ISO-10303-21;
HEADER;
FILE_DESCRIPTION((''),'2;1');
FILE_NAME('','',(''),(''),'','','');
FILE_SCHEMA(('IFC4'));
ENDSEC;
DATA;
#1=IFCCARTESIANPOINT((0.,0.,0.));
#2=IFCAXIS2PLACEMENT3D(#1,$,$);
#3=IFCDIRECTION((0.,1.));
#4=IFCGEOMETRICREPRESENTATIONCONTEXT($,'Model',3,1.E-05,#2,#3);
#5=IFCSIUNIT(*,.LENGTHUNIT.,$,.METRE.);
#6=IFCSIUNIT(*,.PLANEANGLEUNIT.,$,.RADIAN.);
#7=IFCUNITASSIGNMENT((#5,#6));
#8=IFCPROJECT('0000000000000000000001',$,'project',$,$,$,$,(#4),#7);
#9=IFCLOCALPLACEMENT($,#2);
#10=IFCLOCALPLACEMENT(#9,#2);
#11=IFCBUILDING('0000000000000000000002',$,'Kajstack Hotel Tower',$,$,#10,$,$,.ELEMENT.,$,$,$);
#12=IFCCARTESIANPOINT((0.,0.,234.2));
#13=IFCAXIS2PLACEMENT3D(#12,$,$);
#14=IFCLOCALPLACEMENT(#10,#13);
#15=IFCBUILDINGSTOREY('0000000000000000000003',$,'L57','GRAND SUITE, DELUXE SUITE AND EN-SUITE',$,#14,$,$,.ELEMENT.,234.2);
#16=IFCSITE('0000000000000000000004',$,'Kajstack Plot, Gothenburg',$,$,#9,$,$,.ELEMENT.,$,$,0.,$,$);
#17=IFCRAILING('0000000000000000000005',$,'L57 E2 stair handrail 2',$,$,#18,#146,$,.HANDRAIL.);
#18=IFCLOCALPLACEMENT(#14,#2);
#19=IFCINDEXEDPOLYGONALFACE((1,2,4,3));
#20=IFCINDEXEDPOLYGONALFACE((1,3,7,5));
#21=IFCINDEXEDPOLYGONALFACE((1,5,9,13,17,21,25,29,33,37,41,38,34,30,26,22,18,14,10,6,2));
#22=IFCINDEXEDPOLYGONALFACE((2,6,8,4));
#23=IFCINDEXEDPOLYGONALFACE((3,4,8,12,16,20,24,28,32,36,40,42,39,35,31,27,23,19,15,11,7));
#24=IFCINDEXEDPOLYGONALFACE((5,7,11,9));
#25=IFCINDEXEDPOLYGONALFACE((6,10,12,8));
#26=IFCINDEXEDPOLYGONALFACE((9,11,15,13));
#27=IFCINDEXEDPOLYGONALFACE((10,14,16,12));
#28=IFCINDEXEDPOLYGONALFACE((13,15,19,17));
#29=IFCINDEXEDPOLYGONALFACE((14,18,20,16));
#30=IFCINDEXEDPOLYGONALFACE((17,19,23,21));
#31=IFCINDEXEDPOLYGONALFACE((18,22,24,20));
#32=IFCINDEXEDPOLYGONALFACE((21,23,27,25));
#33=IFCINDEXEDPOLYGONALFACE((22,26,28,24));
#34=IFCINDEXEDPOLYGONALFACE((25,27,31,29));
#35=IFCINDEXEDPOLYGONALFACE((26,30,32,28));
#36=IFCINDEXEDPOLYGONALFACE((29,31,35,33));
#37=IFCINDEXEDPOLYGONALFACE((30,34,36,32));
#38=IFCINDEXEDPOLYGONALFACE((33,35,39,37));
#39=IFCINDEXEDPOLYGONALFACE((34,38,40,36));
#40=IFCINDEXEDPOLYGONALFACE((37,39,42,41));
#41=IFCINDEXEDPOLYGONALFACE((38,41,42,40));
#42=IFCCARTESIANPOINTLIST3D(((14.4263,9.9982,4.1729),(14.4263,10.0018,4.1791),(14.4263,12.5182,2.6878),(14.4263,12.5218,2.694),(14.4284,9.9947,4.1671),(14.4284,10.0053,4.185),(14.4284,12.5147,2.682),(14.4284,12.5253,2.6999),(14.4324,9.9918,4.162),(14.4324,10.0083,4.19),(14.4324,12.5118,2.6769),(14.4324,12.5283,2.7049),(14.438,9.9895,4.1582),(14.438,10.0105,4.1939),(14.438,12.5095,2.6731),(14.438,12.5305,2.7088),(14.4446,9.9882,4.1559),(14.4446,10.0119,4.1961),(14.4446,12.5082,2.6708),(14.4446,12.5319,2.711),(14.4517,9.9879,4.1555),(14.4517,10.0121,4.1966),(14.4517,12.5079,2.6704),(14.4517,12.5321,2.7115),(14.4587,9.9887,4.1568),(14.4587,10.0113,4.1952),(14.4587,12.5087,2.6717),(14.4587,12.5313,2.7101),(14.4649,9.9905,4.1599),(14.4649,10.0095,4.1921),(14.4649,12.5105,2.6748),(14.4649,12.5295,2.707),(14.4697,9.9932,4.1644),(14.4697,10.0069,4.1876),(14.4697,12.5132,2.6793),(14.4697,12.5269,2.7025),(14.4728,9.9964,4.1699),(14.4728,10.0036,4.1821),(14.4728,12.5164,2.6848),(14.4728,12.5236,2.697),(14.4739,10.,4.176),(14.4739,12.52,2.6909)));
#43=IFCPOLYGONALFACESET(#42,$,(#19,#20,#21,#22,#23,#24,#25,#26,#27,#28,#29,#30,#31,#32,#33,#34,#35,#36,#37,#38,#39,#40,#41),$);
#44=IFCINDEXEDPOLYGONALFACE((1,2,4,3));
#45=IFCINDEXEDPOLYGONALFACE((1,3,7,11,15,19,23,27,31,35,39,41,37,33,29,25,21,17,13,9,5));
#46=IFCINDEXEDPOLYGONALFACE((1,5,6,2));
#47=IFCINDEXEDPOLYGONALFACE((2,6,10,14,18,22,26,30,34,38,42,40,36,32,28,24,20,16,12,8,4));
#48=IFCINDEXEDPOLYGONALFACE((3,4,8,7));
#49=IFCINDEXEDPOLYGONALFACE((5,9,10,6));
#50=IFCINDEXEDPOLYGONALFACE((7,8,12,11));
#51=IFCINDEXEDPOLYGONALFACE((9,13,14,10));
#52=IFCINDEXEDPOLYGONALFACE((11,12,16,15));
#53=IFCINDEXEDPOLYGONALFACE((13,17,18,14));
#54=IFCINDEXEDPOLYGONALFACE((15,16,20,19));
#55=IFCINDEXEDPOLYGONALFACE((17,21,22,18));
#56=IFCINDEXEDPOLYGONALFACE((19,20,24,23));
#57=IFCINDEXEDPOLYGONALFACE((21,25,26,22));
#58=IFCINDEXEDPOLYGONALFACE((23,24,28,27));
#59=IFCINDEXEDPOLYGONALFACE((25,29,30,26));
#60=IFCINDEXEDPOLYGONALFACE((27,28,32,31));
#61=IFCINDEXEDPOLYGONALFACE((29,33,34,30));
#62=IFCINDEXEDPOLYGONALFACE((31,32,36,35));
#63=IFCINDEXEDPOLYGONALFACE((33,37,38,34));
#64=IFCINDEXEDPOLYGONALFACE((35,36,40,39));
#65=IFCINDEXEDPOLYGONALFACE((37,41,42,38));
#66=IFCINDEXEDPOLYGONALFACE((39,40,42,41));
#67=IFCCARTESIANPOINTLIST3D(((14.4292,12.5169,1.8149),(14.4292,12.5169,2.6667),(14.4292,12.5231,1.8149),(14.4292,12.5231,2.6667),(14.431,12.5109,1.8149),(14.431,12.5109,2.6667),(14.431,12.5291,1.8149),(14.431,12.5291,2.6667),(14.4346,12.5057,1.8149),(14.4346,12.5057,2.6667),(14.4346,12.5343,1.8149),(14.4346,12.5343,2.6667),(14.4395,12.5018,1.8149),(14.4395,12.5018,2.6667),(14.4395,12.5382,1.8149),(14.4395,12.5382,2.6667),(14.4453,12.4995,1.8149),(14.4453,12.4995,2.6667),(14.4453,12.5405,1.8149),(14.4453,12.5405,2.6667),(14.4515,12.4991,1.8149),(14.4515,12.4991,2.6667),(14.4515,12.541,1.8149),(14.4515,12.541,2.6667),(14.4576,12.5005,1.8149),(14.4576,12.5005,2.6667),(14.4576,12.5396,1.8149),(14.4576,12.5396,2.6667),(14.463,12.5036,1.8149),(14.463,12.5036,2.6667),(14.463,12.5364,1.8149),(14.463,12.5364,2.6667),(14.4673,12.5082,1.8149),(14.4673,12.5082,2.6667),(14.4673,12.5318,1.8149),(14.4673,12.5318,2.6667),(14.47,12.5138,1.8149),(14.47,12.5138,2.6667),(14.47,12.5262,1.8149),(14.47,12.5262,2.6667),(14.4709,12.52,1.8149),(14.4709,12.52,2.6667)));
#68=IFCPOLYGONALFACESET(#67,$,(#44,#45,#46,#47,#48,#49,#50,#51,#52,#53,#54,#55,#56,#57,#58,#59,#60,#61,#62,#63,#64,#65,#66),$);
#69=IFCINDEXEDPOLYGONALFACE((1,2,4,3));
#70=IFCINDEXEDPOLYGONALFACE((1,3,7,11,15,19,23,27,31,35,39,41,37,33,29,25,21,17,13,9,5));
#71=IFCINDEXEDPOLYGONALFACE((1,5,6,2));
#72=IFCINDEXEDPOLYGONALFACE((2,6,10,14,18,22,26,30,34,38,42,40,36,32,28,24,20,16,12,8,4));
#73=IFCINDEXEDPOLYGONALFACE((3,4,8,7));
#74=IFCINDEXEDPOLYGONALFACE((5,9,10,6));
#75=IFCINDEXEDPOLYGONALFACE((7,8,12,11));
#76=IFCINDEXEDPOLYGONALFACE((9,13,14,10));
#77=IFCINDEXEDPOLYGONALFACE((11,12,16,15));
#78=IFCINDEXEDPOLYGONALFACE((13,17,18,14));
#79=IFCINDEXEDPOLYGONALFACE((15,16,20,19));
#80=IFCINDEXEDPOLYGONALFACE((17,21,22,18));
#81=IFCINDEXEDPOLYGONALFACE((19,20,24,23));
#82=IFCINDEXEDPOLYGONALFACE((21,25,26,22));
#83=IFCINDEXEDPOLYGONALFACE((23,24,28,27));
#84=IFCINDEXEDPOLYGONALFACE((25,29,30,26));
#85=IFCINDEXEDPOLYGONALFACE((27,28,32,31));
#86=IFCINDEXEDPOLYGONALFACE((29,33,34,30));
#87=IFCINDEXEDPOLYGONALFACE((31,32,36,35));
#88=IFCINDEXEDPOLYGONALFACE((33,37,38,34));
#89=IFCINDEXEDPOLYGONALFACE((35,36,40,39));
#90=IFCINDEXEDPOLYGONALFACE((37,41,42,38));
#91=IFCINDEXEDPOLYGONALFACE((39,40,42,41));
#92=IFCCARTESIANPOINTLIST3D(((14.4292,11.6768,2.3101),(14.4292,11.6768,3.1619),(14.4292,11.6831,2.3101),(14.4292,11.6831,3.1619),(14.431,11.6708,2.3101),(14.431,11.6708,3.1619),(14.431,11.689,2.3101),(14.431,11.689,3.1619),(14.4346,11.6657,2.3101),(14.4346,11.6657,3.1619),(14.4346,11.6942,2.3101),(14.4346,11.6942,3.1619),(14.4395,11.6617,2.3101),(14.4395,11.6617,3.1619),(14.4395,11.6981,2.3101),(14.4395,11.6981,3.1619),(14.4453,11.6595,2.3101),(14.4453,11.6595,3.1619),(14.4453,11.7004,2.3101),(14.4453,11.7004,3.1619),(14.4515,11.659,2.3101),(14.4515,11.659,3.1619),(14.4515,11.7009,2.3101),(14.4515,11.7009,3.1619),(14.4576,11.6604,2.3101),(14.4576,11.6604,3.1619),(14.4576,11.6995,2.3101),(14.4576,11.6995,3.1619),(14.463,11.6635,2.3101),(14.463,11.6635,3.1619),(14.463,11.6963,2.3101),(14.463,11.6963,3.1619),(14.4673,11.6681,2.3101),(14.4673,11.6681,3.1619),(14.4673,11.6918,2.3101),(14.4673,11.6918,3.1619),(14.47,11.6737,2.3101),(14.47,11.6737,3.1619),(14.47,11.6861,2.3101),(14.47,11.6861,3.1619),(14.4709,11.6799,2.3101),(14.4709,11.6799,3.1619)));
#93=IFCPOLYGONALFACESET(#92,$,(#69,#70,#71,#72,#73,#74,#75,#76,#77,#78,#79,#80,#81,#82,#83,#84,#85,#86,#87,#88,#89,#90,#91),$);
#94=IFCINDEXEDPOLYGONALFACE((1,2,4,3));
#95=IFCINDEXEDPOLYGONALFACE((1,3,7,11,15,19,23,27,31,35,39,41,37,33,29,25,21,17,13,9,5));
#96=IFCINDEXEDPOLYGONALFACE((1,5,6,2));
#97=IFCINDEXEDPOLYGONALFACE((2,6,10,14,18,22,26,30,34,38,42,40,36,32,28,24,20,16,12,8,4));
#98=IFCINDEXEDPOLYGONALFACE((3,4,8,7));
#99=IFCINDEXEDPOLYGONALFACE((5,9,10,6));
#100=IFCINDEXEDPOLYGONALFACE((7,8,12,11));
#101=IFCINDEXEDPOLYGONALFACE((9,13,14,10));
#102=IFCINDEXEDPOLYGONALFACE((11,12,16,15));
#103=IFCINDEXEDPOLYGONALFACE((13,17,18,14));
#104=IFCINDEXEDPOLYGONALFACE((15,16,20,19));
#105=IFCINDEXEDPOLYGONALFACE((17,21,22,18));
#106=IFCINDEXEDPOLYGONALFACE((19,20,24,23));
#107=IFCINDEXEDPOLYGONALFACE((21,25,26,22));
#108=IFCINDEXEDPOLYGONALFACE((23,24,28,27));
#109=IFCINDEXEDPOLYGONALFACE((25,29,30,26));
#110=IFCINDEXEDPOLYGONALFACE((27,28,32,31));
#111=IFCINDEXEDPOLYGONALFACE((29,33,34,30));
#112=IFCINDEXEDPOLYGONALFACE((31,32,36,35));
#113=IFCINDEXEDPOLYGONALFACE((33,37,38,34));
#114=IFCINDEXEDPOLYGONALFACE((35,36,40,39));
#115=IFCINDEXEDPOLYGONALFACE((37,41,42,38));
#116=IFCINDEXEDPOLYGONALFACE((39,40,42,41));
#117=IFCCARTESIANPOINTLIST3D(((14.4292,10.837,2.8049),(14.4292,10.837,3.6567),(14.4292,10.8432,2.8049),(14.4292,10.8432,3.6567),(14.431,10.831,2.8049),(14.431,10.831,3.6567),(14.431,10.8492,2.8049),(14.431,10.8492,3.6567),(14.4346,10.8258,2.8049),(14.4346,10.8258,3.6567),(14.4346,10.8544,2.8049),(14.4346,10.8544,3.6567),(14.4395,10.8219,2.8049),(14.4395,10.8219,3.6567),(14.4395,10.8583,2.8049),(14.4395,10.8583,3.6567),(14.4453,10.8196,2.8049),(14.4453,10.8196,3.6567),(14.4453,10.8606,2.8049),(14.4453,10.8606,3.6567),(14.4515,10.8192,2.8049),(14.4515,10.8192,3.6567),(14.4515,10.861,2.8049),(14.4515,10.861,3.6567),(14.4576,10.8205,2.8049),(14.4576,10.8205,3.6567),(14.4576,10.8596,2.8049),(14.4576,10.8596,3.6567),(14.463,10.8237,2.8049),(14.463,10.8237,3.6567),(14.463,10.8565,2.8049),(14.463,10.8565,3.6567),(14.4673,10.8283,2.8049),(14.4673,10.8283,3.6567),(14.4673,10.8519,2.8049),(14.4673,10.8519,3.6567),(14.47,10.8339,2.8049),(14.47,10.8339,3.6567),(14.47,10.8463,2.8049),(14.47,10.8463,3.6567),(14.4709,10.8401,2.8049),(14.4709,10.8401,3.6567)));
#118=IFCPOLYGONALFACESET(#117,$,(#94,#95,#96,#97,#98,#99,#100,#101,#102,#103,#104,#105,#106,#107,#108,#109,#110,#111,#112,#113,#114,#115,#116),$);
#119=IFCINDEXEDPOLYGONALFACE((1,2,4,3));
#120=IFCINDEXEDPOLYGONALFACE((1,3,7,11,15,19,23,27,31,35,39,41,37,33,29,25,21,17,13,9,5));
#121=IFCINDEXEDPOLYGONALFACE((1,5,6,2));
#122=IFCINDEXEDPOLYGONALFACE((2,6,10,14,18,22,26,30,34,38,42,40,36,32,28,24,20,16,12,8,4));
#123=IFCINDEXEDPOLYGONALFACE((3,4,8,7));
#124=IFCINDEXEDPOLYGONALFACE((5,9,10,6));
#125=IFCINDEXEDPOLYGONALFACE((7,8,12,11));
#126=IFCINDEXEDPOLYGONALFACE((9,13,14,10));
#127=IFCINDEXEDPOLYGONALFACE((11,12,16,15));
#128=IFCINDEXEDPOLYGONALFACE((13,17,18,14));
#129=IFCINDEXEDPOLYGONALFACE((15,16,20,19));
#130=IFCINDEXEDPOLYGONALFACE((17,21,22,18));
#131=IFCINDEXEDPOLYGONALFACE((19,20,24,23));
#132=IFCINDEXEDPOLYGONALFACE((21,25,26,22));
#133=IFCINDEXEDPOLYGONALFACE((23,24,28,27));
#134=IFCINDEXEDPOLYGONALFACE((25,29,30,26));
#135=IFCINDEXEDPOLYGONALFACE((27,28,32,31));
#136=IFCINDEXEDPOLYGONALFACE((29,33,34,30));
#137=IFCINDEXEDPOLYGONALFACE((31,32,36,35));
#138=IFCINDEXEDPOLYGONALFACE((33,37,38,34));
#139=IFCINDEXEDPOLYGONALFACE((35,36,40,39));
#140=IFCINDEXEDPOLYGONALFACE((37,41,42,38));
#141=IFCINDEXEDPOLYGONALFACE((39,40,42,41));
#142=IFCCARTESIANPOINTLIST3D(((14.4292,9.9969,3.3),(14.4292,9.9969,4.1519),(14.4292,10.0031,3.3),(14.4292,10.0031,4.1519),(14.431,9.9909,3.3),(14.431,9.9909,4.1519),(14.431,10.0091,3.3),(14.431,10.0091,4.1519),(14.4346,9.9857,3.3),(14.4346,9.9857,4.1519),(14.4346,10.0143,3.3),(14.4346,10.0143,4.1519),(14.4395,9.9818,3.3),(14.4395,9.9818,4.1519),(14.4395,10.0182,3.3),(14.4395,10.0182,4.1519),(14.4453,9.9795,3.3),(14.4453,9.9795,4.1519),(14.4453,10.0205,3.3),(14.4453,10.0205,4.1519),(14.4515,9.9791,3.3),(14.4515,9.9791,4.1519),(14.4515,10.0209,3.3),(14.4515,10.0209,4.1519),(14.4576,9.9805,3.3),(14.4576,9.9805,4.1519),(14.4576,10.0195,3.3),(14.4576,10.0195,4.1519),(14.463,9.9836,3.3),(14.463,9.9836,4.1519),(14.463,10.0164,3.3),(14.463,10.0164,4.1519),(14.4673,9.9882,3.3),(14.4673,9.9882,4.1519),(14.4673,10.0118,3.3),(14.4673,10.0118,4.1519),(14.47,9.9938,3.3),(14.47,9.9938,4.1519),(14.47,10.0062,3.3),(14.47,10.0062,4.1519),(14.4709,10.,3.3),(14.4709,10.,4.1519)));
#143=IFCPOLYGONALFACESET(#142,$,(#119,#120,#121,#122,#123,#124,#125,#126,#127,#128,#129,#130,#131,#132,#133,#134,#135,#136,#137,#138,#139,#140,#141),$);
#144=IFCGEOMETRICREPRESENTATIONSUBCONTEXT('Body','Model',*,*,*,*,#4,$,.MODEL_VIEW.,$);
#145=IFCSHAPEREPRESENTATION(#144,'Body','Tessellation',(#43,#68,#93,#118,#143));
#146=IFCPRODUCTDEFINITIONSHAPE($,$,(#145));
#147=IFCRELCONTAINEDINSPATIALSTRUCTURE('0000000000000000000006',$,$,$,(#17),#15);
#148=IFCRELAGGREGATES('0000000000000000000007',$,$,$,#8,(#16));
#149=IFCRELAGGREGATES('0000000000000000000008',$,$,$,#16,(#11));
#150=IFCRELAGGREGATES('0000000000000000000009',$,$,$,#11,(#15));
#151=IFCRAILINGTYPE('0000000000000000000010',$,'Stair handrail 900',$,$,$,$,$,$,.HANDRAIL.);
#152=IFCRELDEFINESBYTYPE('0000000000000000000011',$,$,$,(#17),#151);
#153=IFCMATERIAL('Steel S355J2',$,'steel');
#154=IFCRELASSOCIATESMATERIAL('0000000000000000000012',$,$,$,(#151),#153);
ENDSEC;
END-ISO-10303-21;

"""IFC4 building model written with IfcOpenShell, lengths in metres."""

from ifc_helpers import new_model, si_unit, direction, frame, origin, origin_2d, place, context, subcontext, project, spatial, circle, extrude, material, type_object, element, save


model = new_model("IFC4")

# Units and contexts
model_context = context("Model", 3, precision=1e-05, world=origin(), true_north=direction((0.0, 1.0)))
body_context = subcontext(model_context, "Body", "Model", "MODEL_VIEW")
ifc_project = project(units=[si_unit("LENGTHUNIT", "METRE"), si_unit("PLANEANGLEUNIT", "RADIAN")], contexts=[model_context])

# Site, building, storey
site_placement = place(None, origin())
site = spatial("IfcSite", under=ifc_project, at=site_placement, Name="Kajstack Plot, Gothenburg", CompositionType="ELEMENT", RefElevation=0.0)
building_placement = place(site_placement, origin())
building = spatial("IfcBuilding", under=site, at=building_placement, Name="Kajstack Hotel Tower", CompositionType="ELEMENT")
storey_placement = place(building_placement, frame((0.0, 0.0, 234.2)))
storey = spatial("IfcBuildingStorey", under=building, at=storey_placement, Name="L57", Description="GRAND SUITE, DELUXE SUITE AND EN-SUITE", CompositionType="ELEMENT", Elevation=234.2)

# Railing
ifc_material_1 = material(Name="Steel S355J2", Category="steel")
railing_type_1 = type_object("IfcRailingType", Name="Stair handrail 900", PredefinedType="HANDRAIL", material=ifc_material_1)
railing_1_placement = place(storey_placement, frame((14.45, 12.52, 1.8149)))
element("IfcRailing", 1, at=railing_1_placement, inside=storey, type_object=railing_type_1, Name="L57 E2 stair handrail 2", PredefinedType="HANDRAIL", context=body_context, shape_type="SweptSolid", body=[
    extrude(circle(Radius=0.0239, at=origin_2d()), frame((0.0, 0.0, 0.876), z_axis=(0.0, -0.861524, 0.507717), x_axis=(1.0, 0.0, 0.0)), (0.0, 0.0, 1.0), 2.925),
    extrude(circle(Radius=0.021, at=origin_2d()), origin(), (0.0, 0.0, 1.0), 0.8518),
    extrude(circle(Radius=0.021, at=origin_2d()), frame((0.0, -0.8401, 0.4951)), (0.0, 0.0, 1.0), 0.8518),
    extrude(circle(Radius=0.021, at=origin_2d()), frame((0.0, -1.6799, 0.99)), (0.0, 0.0, 1.0), 0.8518),
    extrude(circle(Radius=0.021, at=origin_2d()), frame((0.0, -2.52, 1.4851)), (0.0, 0.0, 1.0), 0.8518),
])

save(model, "model.ifc")
